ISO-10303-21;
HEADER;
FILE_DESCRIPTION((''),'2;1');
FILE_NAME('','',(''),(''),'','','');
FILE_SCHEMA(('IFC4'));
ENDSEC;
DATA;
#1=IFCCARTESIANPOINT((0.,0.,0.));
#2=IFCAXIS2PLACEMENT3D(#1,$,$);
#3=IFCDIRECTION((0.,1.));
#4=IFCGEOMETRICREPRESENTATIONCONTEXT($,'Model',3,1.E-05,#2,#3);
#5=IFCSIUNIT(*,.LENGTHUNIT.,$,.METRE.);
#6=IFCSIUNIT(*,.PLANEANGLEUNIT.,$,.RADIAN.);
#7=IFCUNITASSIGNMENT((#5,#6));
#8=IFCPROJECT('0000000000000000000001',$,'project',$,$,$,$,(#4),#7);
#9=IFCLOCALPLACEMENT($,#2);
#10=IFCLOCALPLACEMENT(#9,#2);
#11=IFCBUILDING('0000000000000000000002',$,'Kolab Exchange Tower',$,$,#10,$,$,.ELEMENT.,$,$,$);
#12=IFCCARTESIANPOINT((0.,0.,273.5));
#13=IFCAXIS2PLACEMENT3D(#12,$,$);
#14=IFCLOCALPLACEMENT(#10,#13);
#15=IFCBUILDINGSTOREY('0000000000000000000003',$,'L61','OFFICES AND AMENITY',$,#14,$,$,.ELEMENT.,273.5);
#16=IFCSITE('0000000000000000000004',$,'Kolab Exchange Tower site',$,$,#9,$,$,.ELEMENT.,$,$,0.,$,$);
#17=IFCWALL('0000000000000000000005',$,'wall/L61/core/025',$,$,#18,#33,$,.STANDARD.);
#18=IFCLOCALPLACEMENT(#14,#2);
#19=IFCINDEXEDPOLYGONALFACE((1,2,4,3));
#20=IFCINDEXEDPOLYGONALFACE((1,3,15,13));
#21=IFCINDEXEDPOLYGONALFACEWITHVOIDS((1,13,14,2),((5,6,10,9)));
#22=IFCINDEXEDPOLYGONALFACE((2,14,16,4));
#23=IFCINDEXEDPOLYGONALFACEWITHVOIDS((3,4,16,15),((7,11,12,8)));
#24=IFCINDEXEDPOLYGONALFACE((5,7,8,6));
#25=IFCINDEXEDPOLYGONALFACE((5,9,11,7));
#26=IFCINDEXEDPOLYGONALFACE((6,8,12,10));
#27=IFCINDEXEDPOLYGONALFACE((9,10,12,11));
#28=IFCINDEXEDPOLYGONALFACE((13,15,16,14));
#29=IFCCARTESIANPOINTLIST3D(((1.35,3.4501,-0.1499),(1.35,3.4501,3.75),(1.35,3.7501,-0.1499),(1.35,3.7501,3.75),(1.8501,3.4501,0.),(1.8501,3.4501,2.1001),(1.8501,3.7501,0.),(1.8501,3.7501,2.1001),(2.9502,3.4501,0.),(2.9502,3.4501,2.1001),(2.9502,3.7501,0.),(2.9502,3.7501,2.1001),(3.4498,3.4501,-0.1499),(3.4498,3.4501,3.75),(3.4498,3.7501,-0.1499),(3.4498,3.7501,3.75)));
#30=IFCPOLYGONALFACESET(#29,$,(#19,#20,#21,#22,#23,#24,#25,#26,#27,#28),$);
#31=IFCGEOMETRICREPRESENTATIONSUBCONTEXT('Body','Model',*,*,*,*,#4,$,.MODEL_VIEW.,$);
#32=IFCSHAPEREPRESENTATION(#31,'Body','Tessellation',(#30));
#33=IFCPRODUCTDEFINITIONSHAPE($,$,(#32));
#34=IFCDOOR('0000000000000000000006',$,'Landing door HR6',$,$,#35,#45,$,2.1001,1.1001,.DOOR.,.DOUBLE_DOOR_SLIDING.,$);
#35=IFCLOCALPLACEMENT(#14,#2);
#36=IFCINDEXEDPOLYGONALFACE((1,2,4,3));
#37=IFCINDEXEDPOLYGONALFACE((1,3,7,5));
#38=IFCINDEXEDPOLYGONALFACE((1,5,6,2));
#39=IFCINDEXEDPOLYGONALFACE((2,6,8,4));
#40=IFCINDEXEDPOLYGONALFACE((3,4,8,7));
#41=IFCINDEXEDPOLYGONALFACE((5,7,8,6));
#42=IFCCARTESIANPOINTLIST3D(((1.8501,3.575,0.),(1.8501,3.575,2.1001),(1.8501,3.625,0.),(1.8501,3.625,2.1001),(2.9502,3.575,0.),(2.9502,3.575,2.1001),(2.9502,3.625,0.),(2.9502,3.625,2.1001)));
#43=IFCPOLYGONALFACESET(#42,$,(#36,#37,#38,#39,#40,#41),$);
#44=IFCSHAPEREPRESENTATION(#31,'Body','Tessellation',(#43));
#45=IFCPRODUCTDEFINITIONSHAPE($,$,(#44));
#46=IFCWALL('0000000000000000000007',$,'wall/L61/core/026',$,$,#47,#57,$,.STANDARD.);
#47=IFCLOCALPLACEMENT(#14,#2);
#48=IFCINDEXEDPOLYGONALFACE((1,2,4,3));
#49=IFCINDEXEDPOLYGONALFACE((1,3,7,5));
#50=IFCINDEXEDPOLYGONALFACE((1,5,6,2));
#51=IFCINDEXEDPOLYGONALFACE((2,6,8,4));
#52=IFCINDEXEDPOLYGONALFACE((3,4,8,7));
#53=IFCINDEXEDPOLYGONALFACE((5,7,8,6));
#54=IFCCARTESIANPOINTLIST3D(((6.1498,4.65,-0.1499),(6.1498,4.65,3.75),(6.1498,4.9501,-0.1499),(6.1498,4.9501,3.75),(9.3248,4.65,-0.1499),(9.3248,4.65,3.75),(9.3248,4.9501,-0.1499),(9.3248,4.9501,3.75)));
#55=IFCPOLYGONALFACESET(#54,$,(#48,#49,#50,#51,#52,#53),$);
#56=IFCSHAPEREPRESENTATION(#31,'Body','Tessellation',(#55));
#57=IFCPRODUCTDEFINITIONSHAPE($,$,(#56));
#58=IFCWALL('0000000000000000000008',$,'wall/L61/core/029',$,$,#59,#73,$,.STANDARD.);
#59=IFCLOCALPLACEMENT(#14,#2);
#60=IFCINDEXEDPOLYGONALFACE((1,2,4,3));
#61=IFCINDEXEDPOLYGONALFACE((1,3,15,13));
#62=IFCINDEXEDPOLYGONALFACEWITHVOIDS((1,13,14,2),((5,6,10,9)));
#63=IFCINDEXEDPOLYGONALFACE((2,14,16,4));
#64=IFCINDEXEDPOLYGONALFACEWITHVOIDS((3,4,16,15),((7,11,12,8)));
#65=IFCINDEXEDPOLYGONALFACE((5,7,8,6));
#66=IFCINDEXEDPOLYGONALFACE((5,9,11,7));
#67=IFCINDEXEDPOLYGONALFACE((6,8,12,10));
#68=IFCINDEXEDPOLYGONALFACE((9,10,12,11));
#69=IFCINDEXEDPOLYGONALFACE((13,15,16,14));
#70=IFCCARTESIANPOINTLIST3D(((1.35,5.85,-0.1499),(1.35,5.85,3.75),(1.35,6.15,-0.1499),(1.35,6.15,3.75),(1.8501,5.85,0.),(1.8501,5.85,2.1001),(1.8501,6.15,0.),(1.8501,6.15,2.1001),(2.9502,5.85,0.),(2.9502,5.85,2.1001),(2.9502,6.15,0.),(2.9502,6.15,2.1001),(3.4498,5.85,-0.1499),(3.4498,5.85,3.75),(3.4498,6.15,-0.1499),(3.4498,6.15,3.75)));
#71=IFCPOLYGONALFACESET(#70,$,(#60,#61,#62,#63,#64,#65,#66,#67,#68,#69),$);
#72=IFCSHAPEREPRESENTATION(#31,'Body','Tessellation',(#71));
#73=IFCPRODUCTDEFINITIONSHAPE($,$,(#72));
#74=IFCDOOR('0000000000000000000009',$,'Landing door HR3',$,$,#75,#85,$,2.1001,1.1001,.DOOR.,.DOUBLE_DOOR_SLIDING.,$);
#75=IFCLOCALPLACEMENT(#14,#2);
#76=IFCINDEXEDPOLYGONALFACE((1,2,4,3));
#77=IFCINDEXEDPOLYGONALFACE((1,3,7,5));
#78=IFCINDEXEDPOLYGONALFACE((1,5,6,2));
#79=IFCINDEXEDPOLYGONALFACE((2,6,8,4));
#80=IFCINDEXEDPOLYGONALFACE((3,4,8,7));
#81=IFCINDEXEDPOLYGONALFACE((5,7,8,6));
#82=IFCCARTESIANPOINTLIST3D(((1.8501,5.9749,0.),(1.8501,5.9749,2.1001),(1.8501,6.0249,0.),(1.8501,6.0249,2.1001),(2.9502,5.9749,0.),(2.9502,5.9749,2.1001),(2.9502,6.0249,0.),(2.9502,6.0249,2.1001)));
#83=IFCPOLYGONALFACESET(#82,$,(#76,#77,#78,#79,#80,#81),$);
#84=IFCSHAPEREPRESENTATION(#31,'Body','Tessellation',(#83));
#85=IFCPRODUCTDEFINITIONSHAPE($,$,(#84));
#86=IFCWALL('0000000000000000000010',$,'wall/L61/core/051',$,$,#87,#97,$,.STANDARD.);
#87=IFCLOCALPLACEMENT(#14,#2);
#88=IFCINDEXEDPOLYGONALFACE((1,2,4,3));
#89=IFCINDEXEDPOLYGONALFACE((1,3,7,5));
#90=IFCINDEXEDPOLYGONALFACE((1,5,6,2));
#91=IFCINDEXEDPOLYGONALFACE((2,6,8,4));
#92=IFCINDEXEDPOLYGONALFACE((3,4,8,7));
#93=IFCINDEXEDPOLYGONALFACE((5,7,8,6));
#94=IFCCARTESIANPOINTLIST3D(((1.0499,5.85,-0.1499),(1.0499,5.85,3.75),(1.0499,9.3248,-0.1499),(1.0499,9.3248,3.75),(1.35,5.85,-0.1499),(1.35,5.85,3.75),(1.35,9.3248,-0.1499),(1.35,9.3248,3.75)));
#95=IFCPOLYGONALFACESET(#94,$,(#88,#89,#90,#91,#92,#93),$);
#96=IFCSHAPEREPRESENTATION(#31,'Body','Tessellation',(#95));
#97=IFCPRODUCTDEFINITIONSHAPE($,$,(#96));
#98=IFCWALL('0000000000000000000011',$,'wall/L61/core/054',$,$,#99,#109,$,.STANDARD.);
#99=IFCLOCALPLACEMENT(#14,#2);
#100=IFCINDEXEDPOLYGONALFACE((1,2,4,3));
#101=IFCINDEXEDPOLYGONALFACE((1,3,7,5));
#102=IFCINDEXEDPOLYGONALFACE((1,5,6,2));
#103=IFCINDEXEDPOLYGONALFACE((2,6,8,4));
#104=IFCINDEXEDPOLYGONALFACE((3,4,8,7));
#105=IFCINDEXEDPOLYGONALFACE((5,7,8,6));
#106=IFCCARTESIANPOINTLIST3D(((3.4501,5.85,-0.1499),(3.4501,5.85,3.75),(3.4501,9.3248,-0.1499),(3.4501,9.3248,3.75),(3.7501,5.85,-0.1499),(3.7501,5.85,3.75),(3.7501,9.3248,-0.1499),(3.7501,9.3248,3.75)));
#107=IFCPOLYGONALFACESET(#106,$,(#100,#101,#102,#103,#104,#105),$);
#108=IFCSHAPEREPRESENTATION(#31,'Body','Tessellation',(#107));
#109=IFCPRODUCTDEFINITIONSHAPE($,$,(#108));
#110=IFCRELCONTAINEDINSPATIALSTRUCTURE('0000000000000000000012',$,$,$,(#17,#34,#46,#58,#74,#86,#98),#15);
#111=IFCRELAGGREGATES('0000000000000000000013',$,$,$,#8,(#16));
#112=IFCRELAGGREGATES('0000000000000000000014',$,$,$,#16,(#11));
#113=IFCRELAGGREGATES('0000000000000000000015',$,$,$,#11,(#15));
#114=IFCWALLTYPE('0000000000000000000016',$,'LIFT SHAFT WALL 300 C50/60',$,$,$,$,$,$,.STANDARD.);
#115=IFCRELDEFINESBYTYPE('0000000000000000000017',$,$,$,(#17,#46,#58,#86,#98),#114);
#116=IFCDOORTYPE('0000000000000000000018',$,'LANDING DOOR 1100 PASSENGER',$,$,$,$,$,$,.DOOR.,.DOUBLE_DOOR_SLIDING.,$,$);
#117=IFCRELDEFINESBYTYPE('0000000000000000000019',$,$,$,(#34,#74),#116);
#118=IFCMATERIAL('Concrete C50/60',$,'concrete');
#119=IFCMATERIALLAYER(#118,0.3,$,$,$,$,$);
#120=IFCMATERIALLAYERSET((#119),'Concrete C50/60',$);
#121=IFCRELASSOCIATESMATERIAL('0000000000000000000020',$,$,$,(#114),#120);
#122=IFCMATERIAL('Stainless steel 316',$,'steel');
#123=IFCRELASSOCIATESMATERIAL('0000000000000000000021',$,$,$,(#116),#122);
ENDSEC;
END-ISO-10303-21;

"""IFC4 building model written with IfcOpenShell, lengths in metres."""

from ifc_helpers import new_model, si_unit, direction, frame, frame_2d, origin, place, context, subcontext, project, spatial, rectangle, extrude, material, layer, layer_set, type_object, element, fill, save


model = new_model("IFC4")

# Units and contexts
model_context = context("Model", 3, precision=1e-05, world=origin(), true_north=direction((0.0, 1.0)))
body_context = subcontext(model_context, "Body", "Model", "MODEL_VIEW")
ifc_project = project(units=[si_unit("LENGTHUNIT", "METRE"), si_unit("PLANEANGLEUNIT", "RADIAN")], contexts=[model_context])

# Site, building, storey
site_placement = place(None, origin())
site = spatial("IfcSite", under=ifc_project, at=site_placement, Name="Kolab Exchange Tower site", CompositionType="ELEMENT", RefElevation=0.0)
building_placement = place(site_placement, origin())
building = spatial("IfcBuilding", under=site, at=building_placement, Name="Kolab Exchange Tower", CompositionType="ELEMENT")
storey_placement = place(building_placement, frame((0.0, 0.0, 273.5)))
storey = spatial("IfcBuildingStorey", under=building, at=storey_placement, Name="L61", Description="OFFICES AND AMENITY", CompositionType="ELEMENT", Elevation=273.5)

# Shared definitions
ifc_material_1 = material(Name="Concrete C50/60", Category="concrete")

# Shared definitions
ifc_layer_1 = layer(ifc_material_1, 0.3)
ifc_layer_set_1 = layer_set([ifc_layer_1], Name="Concrete C50/60")
wall_type = type_object("IfcWallType", Name="LIFT SHAFT WALL 300 C50/60", PredefinedType="STANDARD", material=ifc_layer_set_1)

# Wall, opening, door
wall_1_placement = place(storey_placement, frame((1.3501, 3.6001, -0.1499), z_axis=(0.0, 0.0, 1.0), x_axis=(1.0, 0.0, 0.0)))
wall_1 = element("IfcWall", 1, at=wall_1_placement, inside=storey, type_object=wall_type, Name="wall/L61/core/025", PredefinedType="STANDARD", context=body_context, shape_type="SweptSolid", body=[
    extrude(rectangle(XDim=2.0999, YDim=0.3, at=frame_2d((1.0498, 0.0))), origin(), (0.0, 0.0, 1.0), 3.8999),
])
opening_1_placement = place(wall_1_placement, frame((0.5, 0.0, 0.1499)))
opening_1 = element("IfcOpeningElement", 2, at=opening_1_placement, cuts=wall_1, PredefinedType="OPENING", context=body_context, shape_type="SweptSolid", body=[
    extrude(rectangle(XDim=1.1001, YDim=2.1001, at=frame_2d((0.55, 1.05))), frame((0.0, 0.1602, 0.0), z_axis=(0.0, -1.0, 0.0), x_axis=(1.0, 0.0, 0.0)), (0.0, 0.0, 1.0), 0.3201),
])
ifc_material_2 = material(Name="Stainless steel 316", Category="steel")
door_type = type_object("IfcDoorType", Name="LANDING DOOR 1100 PASSENGER", OperationType="DOUBLE_DOOR_SLIDING", PredefinedType="DOOR", material=ifc_material_2)
door_1_placement = place(opening_1_placement, origin())
door_1 = element("IfcDoor", 3, at=door_1_placement, inside=storey, type_object=door_type, Name="Landing door HR6", OperationType="DOUBLE_DOOR_SLIDING", OverallHeight=2.1001, OverallWidth=1.1001, PredefinedType="DOOR", context=body_context, shape_type="SweptSolid", body=[
    extrude(rectangle(XDim=1.1001, YDim=2.1001, at=frame_2d((0.55, 1.05))), frame((0.0, 0.0249, 0.0), z_axis=(0.0, -1.0, 0.0), x_axis=(1.0, 0.0, 0.0)), (0.0, 0.0, 1.0), 0.05),
])
fill(opening_1, door_1)

# Wall
wall_2_placement = place(storey_placement, frame((6.1499, 4.8, -0.1499), z_axis=(0.0, 0.0, 1.0), x_axis=(1.0, 0.0, 0.0)))
element("IfcWall", 4, at=wall_2_placement, inside=storey, type_object=wall_type, Name="wall/L61/core/026", PredefinedType="STANDARD", context=body_context, shape_type="SweptSolid", body=[
    extrude(rectangle(XDim=3.175, YDim=0.3, at=frame_2d((1.5874, 0.0))), origin(), (0.0, 0.0, 1.0), 3.8999),
])

# Wall, opening, door
wall_3_placement = place(storey_placement, frame((1.3501, 6.0, -0.1499), z_axis=(0.0, 0.0, 1.0), x_axis=(1.0, 0.0, 0.0)))
wall_3 = element("IfcWall", 5, at=wall_3_placement, inside=storey, type_object=wall_type, Name="wall/L61/core/029", PredefinedType="STANDARD", context=body_context, shape_type="SweptSolid", body=[
    extrude(rectangle(XDim=2.0999, YDim=0.3, at=frame_2d((1.0498, 0.0))), origin(), (0.0, 0.0, 1.0), 3.8999),
])
opening_2_placement = place(wall_3_placement, frame((0.5, 0.0, 0.1499)))
opening_2 = element("IfcOpeningElement", 6, at=opening_2_placement, cuts=wall_3, PredefinedType="OPENING", context=body_context, shape_type="SweptSolid", body=[
    extrude(rectangle(XDim=1.1001, YDim=2.1001, at=frame_2d((0.55, 1.05))), frame((0.0, 0.1602, 0.0), z_axis=(0.0, -1.0, 0.0), x_axis=(1.0, 0.0, 0.0)), (0.0, 0.0, 1.0), 0.3201),
])
door_2_placement = place(opening_2_placement, origin())
door_2 = element("IfcDoor", 7, at=door_2_placement, inside=storey, type_object=door_type, Name="Landing door HR3", OperationType="DOUBLE_DOOR_SLIDING", OverallHeight=2.1001, OverallWidth=1.1001, PredefinedType="DOOR", context=body_context, shape_type="SweptSolid", body=[
    extrude(rectangle(XDim=1.1001, YDim=2.1001, at=frame_2d((0.55, 1.05))), frame((0.0, 0.0249, 0.0), z_axis=(0.0, -1.0, 0.0), x_axis=(1.0, 0.0, 0.0)), (0.0, 0.0, 1.0), 0.05),
])
fill(opening_2, door_2)

# Walls
for number, where, z_axis, x_axis, name in (
    (8, (1.2, 5.8501, -0.1499), (0.0, 0.0, 1.0), (0.0, 1.0, 0.0), "wall/L61/core/051"),
    (9, (3.6001, 5.8501, -0.1499), (0.0, 0.0, 1.0), (0.0, 1.0, 0.0), "wall/L61/core/054"),
):
    element("IfcWall", number, at=place(storey_placement, frame(where, z_axis=z_axis, x_axis=x_axis)), inside=storey, type_object=wall_type, Name=name, PredefinedType="STANDARD", context=body_context, shape_type="SweptSolid", body=[
        extrude(rectangle(XDim=3.4749, YDim=0.3, at=frame_2d((1.7373, 0.0))), origin(), (0.0, 0.0, 1.0), 3.8999),
    ])

save(model, "model.ifc")
